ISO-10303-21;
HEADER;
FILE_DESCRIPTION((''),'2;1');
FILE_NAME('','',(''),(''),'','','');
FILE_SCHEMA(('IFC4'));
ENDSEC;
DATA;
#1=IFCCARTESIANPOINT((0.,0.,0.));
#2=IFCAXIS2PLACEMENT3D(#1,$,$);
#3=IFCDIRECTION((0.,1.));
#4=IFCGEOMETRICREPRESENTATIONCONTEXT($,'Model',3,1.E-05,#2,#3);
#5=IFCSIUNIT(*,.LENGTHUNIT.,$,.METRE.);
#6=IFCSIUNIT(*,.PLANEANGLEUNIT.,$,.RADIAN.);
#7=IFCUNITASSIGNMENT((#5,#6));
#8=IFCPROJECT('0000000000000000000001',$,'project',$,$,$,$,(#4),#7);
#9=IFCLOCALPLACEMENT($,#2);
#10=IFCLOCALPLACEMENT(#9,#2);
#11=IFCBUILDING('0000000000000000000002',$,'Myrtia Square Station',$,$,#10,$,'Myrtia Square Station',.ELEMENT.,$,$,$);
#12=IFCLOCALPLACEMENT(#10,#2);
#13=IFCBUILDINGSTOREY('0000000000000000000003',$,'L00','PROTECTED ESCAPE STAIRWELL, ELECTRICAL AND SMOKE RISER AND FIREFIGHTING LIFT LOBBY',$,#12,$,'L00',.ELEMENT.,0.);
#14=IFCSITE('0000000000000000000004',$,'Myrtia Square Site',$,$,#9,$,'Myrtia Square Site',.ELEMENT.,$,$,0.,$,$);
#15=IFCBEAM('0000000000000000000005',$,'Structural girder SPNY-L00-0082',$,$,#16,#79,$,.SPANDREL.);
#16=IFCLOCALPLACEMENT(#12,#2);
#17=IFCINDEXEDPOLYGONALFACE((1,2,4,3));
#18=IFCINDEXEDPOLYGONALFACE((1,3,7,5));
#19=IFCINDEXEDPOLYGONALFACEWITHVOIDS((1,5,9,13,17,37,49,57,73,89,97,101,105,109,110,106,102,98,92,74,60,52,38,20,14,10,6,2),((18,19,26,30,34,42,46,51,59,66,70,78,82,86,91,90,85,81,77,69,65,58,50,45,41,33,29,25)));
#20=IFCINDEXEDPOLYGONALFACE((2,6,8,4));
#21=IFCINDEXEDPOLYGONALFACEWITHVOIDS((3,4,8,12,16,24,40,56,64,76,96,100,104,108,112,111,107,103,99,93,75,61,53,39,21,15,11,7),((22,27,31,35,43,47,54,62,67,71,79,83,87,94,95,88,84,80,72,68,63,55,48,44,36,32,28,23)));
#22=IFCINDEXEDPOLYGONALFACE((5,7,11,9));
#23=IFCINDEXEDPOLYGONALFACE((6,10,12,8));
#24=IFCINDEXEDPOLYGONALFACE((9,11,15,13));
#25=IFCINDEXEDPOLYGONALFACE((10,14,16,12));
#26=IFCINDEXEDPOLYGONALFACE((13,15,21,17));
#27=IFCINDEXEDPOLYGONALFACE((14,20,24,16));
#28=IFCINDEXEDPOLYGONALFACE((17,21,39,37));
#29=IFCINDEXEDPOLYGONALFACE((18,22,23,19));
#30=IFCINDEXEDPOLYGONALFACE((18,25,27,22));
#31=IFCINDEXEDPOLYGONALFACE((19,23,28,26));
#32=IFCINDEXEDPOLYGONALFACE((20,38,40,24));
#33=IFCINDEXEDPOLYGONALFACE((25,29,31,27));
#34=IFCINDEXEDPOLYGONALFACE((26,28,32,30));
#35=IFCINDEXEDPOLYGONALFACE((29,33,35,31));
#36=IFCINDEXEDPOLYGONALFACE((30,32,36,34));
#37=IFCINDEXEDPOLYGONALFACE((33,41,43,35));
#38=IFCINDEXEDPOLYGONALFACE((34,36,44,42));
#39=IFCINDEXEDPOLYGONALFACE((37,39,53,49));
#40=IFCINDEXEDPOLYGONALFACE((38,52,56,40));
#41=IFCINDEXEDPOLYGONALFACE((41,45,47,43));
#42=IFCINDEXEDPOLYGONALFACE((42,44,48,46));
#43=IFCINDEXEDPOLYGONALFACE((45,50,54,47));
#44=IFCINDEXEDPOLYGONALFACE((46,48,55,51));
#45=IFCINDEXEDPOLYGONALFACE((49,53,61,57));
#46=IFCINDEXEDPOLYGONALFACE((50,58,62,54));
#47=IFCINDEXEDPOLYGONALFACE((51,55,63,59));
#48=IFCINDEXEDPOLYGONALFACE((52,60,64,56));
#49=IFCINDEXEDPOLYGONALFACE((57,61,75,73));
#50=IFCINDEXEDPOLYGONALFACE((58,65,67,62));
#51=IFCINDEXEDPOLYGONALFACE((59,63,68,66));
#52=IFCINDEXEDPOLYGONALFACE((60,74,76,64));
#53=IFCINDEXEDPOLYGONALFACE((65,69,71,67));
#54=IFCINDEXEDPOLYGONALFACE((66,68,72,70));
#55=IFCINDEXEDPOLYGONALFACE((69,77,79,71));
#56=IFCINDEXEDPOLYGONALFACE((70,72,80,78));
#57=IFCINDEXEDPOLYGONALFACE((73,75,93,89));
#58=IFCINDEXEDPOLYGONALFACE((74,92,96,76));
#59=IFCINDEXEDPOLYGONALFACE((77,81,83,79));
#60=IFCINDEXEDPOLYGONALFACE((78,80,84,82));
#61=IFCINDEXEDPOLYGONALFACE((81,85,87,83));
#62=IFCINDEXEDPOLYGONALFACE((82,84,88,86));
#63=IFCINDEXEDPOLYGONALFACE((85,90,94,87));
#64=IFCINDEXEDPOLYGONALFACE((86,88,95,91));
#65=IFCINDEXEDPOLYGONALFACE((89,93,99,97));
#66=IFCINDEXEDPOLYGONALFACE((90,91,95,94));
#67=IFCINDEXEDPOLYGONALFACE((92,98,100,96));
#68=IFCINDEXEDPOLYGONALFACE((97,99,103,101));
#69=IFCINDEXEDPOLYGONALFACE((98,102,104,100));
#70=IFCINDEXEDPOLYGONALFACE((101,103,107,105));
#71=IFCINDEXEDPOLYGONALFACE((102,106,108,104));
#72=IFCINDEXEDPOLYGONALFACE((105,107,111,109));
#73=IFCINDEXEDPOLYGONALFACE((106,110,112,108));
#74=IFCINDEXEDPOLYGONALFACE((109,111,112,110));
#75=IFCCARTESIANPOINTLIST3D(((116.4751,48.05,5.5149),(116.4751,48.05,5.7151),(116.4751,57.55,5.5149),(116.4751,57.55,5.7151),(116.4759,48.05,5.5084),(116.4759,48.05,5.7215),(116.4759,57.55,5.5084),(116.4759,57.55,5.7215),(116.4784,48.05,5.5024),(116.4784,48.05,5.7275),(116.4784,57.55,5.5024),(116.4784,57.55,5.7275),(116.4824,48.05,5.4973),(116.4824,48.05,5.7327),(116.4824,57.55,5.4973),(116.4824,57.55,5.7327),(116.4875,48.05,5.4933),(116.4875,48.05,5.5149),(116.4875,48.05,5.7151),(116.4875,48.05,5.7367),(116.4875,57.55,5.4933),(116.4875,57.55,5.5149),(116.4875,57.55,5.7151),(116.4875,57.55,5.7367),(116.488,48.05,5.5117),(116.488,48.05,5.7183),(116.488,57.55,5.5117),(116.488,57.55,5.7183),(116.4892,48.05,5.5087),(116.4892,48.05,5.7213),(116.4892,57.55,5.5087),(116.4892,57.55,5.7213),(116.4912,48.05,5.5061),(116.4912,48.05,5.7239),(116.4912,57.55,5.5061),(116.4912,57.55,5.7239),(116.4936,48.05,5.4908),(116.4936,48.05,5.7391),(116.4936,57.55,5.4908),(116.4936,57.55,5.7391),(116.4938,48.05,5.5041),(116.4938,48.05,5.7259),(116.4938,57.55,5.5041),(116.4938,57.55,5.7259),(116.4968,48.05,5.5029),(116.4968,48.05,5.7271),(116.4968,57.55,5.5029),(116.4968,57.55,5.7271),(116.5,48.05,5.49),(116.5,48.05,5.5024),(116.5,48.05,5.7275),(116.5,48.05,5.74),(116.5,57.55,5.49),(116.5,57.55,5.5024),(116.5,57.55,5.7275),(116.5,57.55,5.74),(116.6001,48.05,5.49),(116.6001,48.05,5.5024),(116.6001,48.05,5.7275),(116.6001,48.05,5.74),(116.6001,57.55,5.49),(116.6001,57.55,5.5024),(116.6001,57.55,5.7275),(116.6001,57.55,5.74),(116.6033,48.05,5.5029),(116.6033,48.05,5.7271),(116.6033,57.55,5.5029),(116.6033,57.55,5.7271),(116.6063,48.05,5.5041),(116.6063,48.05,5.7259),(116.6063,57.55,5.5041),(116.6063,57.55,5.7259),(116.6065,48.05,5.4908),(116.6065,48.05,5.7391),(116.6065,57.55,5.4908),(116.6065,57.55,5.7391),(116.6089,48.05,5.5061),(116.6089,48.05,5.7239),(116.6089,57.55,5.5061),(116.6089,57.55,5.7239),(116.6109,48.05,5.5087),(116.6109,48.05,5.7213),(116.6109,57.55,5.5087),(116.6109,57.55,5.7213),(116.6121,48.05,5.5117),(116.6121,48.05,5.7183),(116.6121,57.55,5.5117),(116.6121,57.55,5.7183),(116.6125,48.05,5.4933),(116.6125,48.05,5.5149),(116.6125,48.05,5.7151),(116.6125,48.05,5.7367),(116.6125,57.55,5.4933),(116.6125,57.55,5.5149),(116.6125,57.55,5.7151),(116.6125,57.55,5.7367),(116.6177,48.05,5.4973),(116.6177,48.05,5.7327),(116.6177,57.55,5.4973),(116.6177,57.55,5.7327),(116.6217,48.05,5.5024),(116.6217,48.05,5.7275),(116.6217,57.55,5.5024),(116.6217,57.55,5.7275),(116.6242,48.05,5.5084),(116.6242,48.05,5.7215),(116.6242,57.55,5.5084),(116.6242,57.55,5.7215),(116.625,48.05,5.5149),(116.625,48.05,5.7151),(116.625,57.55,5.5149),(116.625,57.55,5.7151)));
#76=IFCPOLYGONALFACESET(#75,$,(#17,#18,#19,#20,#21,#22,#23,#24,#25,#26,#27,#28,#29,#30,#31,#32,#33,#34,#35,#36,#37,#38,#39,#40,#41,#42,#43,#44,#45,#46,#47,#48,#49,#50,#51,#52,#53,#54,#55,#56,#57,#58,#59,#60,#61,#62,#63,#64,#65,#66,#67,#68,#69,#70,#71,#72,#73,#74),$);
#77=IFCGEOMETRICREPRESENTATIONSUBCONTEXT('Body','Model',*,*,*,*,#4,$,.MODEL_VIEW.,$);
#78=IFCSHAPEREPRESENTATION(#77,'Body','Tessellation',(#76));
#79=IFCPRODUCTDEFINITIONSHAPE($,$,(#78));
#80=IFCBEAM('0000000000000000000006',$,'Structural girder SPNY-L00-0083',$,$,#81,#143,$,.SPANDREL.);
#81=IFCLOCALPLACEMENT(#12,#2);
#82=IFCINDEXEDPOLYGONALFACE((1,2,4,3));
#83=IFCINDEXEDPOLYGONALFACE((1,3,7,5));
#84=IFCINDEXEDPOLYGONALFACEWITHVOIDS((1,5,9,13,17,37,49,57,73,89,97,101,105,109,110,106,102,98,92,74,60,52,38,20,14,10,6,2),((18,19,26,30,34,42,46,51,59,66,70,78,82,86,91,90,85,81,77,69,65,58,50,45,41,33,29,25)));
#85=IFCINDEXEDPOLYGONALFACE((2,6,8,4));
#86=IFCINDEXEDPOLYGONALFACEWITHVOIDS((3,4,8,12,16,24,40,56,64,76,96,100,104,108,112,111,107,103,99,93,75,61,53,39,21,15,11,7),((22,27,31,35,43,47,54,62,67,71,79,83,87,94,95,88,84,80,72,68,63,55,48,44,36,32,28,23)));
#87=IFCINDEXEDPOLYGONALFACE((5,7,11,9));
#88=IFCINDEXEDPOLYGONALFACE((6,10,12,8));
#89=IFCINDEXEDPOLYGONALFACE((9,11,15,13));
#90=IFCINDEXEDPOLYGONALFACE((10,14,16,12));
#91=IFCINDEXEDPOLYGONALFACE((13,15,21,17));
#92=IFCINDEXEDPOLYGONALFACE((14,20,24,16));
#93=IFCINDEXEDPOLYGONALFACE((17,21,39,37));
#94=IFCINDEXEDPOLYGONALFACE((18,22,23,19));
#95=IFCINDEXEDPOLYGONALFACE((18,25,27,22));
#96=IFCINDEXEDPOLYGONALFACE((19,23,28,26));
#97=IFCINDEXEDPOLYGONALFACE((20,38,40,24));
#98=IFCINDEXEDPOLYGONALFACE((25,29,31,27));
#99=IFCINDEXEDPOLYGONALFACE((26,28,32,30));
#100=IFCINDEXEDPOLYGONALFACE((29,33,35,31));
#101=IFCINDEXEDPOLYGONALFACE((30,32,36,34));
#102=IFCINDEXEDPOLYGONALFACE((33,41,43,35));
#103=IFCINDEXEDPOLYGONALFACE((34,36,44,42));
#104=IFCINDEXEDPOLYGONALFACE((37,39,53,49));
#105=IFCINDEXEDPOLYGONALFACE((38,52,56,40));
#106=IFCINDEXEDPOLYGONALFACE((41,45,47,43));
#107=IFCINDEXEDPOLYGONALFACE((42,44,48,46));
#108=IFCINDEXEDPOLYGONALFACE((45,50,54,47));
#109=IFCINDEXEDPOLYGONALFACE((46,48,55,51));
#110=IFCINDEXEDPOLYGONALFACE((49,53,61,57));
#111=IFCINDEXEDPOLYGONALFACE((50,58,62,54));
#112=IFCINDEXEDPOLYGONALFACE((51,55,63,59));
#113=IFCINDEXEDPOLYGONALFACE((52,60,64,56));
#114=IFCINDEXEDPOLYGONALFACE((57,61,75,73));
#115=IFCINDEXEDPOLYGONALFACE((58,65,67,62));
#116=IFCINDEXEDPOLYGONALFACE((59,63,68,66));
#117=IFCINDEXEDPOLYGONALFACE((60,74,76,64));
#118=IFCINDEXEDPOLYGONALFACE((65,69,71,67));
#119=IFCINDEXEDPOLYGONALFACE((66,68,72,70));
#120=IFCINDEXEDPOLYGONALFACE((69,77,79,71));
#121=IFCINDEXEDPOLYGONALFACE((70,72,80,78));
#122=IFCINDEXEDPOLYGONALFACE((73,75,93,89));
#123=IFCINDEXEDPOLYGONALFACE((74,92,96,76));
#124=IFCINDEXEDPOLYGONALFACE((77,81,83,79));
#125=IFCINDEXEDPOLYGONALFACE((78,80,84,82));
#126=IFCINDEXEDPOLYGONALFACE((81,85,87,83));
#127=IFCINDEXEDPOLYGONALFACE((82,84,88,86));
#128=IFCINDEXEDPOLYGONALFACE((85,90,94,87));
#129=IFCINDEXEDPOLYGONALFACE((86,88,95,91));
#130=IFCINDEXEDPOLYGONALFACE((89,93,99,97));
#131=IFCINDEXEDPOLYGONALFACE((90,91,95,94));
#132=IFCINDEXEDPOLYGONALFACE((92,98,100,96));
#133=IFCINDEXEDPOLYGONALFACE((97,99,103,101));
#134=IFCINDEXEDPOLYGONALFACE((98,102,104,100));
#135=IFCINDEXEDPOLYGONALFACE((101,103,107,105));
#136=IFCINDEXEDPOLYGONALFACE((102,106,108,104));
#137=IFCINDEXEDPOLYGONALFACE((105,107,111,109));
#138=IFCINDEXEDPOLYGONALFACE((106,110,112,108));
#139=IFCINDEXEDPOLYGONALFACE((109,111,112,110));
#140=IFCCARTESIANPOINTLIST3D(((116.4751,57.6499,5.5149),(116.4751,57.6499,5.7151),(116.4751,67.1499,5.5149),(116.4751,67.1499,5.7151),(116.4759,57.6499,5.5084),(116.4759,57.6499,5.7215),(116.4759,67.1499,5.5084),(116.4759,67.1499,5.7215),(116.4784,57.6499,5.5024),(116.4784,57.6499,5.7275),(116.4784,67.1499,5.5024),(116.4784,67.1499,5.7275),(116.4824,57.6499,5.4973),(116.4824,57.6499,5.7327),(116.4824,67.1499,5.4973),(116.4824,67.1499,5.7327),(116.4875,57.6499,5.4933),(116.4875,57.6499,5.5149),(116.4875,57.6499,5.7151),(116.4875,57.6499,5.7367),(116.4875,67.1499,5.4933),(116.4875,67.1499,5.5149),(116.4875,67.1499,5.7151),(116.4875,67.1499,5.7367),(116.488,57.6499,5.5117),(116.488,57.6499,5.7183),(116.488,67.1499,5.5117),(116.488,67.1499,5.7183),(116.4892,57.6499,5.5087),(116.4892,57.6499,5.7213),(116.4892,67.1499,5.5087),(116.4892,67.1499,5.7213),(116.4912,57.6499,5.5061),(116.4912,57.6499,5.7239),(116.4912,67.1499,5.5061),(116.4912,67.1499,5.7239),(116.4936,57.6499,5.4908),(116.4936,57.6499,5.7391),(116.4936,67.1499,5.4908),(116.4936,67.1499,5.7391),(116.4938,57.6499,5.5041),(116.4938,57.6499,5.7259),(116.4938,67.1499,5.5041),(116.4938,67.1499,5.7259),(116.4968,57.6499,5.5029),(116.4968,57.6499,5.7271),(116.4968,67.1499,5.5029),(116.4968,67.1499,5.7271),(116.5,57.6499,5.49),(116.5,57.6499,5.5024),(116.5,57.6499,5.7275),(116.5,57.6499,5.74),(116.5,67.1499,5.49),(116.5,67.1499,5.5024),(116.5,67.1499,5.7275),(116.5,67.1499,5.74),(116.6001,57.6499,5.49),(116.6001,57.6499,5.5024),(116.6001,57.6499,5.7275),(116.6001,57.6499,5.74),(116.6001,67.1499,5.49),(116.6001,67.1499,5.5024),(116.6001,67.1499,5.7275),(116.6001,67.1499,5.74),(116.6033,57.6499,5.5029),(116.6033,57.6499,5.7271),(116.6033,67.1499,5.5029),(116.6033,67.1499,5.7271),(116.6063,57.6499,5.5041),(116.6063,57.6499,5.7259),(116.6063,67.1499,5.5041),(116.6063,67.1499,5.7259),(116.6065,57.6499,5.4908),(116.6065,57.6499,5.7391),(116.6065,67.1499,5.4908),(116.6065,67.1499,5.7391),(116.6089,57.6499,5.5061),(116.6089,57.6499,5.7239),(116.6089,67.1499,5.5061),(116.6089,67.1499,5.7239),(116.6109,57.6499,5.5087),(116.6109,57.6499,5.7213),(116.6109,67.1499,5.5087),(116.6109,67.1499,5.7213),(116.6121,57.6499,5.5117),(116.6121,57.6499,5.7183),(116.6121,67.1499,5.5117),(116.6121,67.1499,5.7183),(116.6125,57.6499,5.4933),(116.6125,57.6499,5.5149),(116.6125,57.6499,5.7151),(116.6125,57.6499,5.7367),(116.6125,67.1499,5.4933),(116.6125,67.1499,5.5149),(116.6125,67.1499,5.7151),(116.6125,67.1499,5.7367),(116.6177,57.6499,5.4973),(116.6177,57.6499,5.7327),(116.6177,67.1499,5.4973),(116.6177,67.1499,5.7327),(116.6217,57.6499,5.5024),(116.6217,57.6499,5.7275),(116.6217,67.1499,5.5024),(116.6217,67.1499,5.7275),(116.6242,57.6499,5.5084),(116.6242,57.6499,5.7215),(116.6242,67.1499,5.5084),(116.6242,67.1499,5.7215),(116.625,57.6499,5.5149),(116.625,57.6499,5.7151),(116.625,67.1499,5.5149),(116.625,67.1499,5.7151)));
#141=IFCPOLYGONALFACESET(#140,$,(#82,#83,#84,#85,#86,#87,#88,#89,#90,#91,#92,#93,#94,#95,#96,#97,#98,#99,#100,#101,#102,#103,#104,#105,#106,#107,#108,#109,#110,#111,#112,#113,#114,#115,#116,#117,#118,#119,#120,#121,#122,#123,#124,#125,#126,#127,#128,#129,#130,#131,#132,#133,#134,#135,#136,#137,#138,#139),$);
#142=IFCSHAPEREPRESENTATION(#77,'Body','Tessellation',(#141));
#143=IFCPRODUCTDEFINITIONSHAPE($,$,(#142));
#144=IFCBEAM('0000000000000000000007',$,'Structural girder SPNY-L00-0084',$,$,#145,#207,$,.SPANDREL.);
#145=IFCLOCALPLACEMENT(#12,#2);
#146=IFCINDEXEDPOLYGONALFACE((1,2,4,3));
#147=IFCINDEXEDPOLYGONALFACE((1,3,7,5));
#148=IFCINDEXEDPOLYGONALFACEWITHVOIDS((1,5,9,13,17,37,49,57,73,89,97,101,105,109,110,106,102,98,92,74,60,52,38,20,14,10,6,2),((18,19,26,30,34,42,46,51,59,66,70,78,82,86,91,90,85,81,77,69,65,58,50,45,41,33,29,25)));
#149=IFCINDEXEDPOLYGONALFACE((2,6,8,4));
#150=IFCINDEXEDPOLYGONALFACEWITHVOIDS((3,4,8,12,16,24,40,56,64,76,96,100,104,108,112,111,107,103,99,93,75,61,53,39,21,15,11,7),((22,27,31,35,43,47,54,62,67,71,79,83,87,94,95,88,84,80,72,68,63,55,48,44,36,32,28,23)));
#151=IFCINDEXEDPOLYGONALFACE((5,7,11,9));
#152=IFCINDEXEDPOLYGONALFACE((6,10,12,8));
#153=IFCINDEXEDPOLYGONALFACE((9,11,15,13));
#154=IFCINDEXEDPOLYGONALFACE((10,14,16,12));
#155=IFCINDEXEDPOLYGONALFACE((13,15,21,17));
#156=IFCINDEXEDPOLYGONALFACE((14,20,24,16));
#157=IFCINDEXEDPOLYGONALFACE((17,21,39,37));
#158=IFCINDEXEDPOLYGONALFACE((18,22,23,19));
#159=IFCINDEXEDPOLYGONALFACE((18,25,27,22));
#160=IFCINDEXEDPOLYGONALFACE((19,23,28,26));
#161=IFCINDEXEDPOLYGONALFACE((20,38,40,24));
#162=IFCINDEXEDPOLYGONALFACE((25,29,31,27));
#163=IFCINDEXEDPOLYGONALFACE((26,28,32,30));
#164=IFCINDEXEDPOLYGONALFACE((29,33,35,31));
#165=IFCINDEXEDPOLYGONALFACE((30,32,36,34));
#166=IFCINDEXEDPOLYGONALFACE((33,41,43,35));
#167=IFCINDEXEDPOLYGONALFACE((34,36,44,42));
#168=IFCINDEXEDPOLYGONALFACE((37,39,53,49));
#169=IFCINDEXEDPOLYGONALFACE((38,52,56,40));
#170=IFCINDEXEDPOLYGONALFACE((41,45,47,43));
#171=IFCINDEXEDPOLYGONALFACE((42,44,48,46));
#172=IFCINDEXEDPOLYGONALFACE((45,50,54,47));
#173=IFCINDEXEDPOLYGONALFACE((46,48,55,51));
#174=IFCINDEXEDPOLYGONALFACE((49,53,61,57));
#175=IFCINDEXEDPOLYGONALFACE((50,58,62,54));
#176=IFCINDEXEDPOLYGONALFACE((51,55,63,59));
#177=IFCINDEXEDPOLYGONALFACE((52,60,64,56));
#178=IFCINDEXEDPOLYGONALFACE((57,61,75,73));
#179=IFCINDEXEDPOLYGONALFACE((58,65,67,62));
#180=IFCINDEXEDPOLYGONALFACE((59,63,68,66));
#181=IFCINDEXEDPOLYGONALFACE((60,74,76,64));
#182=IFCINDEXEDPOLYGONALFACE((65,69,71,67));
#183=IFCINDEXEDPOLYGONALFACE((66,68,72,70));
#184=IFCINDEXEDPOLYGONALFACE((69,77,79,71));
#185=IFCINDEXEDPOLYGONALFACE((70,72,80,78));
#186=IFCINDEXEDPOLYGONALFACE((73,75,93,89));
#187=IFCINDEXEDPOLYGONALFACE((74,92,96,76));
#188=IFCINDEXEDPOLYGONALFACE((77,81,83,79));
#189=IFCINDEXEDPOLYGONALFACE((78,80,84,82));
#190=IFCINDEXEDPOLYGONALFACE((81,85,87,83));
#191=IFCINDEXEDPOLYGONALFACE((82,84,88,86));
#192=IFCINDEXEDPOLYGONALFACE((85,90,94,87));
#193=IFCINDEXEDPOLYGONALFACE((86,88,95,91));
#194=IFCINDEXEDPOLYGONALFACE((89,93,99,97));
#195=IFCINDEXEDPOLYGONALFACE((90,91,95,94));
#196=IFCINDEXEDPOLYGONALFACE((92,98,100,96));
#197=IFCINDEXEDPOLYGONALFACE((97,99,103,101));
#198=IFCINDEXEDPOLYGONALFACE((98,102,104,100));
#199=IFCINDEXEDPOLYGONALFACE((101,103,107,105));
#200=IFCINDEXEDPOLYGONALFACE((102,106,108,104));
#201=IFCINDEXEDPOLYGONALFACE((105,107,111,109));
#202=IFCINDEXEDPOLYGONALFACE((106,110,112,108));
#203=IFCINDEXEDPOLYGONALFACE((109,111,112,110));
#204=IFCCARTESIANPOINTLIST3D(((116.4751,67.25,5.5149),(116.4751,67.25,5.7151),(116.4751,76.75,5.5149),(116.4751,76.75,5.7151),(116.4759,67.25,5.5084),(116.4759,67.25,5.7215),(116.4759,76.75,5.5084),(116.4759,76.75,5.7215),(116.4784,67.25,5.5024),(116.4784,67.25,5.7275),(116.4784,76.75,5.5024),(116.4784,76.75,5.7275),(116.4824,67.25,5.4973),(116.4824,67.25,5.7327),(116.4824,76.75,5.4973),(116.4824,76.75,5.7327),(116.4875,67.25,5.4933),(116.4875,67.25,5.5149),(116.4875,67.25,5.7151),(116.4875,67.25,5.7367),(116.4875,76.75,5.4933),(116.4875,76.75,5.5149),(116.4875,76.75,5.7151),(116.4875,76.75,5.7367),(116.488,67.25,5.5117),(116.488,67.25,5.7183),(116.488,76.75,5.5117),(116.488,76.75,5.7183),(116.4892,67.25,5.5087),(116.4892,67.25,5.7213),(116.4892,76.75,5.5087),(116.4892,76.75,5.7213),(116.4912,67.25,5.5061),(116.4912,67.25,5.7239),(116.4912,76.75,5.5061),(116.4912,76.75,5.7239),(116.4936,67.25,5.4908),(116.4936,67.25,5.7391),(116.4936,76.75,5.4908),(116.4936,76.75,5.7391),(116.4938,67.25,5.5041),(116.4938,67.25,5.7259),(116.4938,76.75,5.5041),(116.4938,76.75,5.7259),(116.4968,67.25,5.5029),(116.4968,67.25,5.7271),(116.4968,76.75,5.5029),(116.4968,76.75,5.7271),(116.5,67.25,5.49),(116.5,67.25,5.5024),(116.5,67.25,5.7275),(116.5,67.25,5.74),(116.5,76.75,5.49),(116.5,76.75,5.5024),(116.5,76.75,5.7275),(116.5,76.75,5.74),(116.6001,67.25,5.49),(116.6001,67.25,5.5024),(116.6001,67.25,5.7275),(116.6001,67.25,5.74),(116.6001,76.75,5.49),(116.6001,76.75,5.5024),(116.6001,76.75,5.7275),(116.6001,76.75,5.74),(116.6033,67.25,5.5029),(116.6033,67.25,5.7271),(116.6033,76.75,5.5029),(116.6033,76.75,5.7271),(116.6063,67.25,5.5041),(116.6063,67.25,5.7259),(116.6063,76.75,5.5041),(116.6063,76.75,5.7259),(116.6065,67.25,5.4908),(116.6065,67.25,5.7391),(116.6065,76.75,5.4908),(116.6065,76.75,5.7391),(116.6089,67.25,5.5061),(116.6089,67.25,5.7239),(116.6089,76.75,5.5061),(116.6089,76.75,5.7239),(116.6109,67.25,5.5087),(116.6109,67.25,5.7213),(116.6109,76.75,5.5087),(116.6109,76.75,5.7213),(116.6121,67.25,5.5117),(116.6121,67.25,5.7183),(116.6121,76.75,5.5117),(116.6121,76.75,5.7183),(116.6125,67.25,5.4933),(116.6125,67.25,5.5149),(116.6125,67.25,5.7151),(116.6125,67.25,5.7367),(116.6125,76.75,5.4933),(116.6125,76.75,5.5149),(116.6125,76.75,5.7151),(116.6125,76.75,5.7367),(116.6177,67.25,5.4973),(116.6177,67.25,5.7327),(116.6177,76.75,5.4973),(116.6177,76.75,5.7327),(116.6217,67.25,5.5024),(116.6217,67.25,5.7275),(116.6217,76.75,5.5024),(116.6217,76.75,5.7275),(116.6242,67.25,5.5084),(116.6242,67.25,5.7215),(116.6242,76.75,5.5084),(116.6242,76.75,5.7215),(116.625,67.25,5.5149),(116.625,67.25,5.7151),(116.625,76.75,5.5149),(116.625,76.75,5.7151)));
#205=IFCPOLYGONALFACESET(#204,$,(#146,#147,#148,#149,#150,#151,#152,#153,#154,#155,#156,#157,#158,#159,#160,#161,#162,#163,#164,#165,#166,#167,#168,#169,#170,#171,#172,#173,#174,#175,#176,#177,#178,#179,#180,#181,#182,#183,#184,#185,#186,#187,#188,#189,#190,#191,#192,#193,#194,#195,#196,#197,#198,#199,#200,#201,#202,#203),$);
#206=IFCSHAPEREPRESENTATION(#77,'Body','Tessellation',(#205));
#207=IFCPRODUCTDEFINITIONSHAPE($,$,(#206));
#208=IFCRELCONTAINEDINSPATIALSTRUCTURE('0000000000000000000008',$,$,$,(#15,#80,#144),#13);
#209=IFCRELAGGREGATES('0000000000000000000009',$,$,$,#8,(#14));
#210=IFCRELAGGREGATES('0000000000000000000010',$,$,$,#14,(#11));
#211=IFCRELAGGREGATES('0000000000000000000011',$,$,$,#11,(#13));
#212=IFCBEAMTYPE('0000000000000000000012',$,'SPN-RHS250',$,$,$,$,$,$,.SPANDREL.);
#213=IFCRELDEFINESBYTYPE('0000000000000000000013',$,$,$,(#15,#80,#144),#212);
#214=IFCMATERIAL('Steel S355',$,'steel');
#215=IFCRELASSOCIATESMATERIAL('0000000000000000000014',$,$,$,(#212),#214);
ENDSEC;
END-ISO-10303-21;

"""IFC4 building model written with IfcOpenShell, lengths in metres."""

from ifc_helpers import new_model, si_unit, direction, frame, origin, origin_2d, place, context, subcontext, project, spatial, hollow_rectangle, extrude, material, material_profile, profile_set, type_object, element, save


model = new_model("IFC4")

# Units and contexts
model_context = context("Model", 3, precision=1e-05, world=origin(), true_north=direction((0.0, 1.0)))
body_context = subcontext(model_context, "Body", "Model", "MODEL_VIEW")
ifc_project = project(units=[si_unit("LENGTHUNIT", "METRE"), si_unit("PLANEANGLEUNIT", "RADIAN")], contexts=[model_context])

# Site, building, storey
site_placement = place(None, origin())
site = spatial("IfcSite", under=ifc_project, at=site_placement, Name="Myrtia Square Site", LongName="Myrtia Square Site", CompositionType="ELEMENT", RefElevation=0.0)
building_placement = place(site_placement, origin())
building = spatial("IfcBuilding", under=site, at=building_placement, Name="Myrtia Square Station", LongName="Myrtia Square Station", CompositionType="ELEMENT")
storey_placement = place(building_placement, origin())
storey = spatial("IfcBuildingStorey", under=building, at=storey_placement, Name="L00", Description="PROTECTED ESCAPE STAIRWELL, ELECTRICAL AND SMOKE RISER AND FIREFIGHTING LIFT LOBBY", LongName="L00", CompositionType="ELEMENT", Elevation=0.0)

# Shared definitions
ifc_material_1 = material(Name="Steel S355", Category="steel")

# Beams
ifc_material_profile_1 = material_profile(ifc_material_1, hollow_rectangle(XDim=0.1499, YDim=0.25, WallThickness=0.0125, InnerFilletRadius=0.0125, OuterFilletRadius=0.0249, at=origin_2d()), Name="RHS 250x150x12.5")
ifc_profile_set_1 = profile_set([ifc_material_profile_1], Name="Steel S355")
beam_type_1 = type_object("IfcBeamType", Name="SPN-RHS250", PredefinedType="SPANDREL", material=ifc_profile_set_1)
for number, where, z_axis, x_axis, name in (
    (1, (116.55, 48.05, 5.615), (0.0, 1.0, 0.0), (-1.0, 0.0, 0.0), "Structural girder SPNY-L00-0082"),
    (2, (116.55, 57.6499, 5.615), (0.0, 1.0, 0.0), (-1.0, 0.0, 0.0), "Structural girder SPNY-L00-0083"),
    (3, (116.55, 67.25, 5.615), (0.0, 1.0, 0.0), (-1.0, 0.0, 0.0), "Structural girder SPNY-L00-0084"),
):
    element("IfcBeam", number, at=place(storey_placement, frame(where, z_axis=z_axis, x_axis=x_axis)), inside=storey, type_object=beam_type_1, Name=name, PredefinedType="SPANDREL", context=body_context, shape_type="SweptSolid", body=[
        extrude(hollow_rectangle(XDim=0.1499, YDim=0.25, WallThickness=0.0125, InnerFilletRadius=0.0125, OuterFilletRadius=0.0249, at=origin_2d()), origin(), (0.0, 0.0, 1.0), 9.5),
    ])

save(model, "model.ifc")
